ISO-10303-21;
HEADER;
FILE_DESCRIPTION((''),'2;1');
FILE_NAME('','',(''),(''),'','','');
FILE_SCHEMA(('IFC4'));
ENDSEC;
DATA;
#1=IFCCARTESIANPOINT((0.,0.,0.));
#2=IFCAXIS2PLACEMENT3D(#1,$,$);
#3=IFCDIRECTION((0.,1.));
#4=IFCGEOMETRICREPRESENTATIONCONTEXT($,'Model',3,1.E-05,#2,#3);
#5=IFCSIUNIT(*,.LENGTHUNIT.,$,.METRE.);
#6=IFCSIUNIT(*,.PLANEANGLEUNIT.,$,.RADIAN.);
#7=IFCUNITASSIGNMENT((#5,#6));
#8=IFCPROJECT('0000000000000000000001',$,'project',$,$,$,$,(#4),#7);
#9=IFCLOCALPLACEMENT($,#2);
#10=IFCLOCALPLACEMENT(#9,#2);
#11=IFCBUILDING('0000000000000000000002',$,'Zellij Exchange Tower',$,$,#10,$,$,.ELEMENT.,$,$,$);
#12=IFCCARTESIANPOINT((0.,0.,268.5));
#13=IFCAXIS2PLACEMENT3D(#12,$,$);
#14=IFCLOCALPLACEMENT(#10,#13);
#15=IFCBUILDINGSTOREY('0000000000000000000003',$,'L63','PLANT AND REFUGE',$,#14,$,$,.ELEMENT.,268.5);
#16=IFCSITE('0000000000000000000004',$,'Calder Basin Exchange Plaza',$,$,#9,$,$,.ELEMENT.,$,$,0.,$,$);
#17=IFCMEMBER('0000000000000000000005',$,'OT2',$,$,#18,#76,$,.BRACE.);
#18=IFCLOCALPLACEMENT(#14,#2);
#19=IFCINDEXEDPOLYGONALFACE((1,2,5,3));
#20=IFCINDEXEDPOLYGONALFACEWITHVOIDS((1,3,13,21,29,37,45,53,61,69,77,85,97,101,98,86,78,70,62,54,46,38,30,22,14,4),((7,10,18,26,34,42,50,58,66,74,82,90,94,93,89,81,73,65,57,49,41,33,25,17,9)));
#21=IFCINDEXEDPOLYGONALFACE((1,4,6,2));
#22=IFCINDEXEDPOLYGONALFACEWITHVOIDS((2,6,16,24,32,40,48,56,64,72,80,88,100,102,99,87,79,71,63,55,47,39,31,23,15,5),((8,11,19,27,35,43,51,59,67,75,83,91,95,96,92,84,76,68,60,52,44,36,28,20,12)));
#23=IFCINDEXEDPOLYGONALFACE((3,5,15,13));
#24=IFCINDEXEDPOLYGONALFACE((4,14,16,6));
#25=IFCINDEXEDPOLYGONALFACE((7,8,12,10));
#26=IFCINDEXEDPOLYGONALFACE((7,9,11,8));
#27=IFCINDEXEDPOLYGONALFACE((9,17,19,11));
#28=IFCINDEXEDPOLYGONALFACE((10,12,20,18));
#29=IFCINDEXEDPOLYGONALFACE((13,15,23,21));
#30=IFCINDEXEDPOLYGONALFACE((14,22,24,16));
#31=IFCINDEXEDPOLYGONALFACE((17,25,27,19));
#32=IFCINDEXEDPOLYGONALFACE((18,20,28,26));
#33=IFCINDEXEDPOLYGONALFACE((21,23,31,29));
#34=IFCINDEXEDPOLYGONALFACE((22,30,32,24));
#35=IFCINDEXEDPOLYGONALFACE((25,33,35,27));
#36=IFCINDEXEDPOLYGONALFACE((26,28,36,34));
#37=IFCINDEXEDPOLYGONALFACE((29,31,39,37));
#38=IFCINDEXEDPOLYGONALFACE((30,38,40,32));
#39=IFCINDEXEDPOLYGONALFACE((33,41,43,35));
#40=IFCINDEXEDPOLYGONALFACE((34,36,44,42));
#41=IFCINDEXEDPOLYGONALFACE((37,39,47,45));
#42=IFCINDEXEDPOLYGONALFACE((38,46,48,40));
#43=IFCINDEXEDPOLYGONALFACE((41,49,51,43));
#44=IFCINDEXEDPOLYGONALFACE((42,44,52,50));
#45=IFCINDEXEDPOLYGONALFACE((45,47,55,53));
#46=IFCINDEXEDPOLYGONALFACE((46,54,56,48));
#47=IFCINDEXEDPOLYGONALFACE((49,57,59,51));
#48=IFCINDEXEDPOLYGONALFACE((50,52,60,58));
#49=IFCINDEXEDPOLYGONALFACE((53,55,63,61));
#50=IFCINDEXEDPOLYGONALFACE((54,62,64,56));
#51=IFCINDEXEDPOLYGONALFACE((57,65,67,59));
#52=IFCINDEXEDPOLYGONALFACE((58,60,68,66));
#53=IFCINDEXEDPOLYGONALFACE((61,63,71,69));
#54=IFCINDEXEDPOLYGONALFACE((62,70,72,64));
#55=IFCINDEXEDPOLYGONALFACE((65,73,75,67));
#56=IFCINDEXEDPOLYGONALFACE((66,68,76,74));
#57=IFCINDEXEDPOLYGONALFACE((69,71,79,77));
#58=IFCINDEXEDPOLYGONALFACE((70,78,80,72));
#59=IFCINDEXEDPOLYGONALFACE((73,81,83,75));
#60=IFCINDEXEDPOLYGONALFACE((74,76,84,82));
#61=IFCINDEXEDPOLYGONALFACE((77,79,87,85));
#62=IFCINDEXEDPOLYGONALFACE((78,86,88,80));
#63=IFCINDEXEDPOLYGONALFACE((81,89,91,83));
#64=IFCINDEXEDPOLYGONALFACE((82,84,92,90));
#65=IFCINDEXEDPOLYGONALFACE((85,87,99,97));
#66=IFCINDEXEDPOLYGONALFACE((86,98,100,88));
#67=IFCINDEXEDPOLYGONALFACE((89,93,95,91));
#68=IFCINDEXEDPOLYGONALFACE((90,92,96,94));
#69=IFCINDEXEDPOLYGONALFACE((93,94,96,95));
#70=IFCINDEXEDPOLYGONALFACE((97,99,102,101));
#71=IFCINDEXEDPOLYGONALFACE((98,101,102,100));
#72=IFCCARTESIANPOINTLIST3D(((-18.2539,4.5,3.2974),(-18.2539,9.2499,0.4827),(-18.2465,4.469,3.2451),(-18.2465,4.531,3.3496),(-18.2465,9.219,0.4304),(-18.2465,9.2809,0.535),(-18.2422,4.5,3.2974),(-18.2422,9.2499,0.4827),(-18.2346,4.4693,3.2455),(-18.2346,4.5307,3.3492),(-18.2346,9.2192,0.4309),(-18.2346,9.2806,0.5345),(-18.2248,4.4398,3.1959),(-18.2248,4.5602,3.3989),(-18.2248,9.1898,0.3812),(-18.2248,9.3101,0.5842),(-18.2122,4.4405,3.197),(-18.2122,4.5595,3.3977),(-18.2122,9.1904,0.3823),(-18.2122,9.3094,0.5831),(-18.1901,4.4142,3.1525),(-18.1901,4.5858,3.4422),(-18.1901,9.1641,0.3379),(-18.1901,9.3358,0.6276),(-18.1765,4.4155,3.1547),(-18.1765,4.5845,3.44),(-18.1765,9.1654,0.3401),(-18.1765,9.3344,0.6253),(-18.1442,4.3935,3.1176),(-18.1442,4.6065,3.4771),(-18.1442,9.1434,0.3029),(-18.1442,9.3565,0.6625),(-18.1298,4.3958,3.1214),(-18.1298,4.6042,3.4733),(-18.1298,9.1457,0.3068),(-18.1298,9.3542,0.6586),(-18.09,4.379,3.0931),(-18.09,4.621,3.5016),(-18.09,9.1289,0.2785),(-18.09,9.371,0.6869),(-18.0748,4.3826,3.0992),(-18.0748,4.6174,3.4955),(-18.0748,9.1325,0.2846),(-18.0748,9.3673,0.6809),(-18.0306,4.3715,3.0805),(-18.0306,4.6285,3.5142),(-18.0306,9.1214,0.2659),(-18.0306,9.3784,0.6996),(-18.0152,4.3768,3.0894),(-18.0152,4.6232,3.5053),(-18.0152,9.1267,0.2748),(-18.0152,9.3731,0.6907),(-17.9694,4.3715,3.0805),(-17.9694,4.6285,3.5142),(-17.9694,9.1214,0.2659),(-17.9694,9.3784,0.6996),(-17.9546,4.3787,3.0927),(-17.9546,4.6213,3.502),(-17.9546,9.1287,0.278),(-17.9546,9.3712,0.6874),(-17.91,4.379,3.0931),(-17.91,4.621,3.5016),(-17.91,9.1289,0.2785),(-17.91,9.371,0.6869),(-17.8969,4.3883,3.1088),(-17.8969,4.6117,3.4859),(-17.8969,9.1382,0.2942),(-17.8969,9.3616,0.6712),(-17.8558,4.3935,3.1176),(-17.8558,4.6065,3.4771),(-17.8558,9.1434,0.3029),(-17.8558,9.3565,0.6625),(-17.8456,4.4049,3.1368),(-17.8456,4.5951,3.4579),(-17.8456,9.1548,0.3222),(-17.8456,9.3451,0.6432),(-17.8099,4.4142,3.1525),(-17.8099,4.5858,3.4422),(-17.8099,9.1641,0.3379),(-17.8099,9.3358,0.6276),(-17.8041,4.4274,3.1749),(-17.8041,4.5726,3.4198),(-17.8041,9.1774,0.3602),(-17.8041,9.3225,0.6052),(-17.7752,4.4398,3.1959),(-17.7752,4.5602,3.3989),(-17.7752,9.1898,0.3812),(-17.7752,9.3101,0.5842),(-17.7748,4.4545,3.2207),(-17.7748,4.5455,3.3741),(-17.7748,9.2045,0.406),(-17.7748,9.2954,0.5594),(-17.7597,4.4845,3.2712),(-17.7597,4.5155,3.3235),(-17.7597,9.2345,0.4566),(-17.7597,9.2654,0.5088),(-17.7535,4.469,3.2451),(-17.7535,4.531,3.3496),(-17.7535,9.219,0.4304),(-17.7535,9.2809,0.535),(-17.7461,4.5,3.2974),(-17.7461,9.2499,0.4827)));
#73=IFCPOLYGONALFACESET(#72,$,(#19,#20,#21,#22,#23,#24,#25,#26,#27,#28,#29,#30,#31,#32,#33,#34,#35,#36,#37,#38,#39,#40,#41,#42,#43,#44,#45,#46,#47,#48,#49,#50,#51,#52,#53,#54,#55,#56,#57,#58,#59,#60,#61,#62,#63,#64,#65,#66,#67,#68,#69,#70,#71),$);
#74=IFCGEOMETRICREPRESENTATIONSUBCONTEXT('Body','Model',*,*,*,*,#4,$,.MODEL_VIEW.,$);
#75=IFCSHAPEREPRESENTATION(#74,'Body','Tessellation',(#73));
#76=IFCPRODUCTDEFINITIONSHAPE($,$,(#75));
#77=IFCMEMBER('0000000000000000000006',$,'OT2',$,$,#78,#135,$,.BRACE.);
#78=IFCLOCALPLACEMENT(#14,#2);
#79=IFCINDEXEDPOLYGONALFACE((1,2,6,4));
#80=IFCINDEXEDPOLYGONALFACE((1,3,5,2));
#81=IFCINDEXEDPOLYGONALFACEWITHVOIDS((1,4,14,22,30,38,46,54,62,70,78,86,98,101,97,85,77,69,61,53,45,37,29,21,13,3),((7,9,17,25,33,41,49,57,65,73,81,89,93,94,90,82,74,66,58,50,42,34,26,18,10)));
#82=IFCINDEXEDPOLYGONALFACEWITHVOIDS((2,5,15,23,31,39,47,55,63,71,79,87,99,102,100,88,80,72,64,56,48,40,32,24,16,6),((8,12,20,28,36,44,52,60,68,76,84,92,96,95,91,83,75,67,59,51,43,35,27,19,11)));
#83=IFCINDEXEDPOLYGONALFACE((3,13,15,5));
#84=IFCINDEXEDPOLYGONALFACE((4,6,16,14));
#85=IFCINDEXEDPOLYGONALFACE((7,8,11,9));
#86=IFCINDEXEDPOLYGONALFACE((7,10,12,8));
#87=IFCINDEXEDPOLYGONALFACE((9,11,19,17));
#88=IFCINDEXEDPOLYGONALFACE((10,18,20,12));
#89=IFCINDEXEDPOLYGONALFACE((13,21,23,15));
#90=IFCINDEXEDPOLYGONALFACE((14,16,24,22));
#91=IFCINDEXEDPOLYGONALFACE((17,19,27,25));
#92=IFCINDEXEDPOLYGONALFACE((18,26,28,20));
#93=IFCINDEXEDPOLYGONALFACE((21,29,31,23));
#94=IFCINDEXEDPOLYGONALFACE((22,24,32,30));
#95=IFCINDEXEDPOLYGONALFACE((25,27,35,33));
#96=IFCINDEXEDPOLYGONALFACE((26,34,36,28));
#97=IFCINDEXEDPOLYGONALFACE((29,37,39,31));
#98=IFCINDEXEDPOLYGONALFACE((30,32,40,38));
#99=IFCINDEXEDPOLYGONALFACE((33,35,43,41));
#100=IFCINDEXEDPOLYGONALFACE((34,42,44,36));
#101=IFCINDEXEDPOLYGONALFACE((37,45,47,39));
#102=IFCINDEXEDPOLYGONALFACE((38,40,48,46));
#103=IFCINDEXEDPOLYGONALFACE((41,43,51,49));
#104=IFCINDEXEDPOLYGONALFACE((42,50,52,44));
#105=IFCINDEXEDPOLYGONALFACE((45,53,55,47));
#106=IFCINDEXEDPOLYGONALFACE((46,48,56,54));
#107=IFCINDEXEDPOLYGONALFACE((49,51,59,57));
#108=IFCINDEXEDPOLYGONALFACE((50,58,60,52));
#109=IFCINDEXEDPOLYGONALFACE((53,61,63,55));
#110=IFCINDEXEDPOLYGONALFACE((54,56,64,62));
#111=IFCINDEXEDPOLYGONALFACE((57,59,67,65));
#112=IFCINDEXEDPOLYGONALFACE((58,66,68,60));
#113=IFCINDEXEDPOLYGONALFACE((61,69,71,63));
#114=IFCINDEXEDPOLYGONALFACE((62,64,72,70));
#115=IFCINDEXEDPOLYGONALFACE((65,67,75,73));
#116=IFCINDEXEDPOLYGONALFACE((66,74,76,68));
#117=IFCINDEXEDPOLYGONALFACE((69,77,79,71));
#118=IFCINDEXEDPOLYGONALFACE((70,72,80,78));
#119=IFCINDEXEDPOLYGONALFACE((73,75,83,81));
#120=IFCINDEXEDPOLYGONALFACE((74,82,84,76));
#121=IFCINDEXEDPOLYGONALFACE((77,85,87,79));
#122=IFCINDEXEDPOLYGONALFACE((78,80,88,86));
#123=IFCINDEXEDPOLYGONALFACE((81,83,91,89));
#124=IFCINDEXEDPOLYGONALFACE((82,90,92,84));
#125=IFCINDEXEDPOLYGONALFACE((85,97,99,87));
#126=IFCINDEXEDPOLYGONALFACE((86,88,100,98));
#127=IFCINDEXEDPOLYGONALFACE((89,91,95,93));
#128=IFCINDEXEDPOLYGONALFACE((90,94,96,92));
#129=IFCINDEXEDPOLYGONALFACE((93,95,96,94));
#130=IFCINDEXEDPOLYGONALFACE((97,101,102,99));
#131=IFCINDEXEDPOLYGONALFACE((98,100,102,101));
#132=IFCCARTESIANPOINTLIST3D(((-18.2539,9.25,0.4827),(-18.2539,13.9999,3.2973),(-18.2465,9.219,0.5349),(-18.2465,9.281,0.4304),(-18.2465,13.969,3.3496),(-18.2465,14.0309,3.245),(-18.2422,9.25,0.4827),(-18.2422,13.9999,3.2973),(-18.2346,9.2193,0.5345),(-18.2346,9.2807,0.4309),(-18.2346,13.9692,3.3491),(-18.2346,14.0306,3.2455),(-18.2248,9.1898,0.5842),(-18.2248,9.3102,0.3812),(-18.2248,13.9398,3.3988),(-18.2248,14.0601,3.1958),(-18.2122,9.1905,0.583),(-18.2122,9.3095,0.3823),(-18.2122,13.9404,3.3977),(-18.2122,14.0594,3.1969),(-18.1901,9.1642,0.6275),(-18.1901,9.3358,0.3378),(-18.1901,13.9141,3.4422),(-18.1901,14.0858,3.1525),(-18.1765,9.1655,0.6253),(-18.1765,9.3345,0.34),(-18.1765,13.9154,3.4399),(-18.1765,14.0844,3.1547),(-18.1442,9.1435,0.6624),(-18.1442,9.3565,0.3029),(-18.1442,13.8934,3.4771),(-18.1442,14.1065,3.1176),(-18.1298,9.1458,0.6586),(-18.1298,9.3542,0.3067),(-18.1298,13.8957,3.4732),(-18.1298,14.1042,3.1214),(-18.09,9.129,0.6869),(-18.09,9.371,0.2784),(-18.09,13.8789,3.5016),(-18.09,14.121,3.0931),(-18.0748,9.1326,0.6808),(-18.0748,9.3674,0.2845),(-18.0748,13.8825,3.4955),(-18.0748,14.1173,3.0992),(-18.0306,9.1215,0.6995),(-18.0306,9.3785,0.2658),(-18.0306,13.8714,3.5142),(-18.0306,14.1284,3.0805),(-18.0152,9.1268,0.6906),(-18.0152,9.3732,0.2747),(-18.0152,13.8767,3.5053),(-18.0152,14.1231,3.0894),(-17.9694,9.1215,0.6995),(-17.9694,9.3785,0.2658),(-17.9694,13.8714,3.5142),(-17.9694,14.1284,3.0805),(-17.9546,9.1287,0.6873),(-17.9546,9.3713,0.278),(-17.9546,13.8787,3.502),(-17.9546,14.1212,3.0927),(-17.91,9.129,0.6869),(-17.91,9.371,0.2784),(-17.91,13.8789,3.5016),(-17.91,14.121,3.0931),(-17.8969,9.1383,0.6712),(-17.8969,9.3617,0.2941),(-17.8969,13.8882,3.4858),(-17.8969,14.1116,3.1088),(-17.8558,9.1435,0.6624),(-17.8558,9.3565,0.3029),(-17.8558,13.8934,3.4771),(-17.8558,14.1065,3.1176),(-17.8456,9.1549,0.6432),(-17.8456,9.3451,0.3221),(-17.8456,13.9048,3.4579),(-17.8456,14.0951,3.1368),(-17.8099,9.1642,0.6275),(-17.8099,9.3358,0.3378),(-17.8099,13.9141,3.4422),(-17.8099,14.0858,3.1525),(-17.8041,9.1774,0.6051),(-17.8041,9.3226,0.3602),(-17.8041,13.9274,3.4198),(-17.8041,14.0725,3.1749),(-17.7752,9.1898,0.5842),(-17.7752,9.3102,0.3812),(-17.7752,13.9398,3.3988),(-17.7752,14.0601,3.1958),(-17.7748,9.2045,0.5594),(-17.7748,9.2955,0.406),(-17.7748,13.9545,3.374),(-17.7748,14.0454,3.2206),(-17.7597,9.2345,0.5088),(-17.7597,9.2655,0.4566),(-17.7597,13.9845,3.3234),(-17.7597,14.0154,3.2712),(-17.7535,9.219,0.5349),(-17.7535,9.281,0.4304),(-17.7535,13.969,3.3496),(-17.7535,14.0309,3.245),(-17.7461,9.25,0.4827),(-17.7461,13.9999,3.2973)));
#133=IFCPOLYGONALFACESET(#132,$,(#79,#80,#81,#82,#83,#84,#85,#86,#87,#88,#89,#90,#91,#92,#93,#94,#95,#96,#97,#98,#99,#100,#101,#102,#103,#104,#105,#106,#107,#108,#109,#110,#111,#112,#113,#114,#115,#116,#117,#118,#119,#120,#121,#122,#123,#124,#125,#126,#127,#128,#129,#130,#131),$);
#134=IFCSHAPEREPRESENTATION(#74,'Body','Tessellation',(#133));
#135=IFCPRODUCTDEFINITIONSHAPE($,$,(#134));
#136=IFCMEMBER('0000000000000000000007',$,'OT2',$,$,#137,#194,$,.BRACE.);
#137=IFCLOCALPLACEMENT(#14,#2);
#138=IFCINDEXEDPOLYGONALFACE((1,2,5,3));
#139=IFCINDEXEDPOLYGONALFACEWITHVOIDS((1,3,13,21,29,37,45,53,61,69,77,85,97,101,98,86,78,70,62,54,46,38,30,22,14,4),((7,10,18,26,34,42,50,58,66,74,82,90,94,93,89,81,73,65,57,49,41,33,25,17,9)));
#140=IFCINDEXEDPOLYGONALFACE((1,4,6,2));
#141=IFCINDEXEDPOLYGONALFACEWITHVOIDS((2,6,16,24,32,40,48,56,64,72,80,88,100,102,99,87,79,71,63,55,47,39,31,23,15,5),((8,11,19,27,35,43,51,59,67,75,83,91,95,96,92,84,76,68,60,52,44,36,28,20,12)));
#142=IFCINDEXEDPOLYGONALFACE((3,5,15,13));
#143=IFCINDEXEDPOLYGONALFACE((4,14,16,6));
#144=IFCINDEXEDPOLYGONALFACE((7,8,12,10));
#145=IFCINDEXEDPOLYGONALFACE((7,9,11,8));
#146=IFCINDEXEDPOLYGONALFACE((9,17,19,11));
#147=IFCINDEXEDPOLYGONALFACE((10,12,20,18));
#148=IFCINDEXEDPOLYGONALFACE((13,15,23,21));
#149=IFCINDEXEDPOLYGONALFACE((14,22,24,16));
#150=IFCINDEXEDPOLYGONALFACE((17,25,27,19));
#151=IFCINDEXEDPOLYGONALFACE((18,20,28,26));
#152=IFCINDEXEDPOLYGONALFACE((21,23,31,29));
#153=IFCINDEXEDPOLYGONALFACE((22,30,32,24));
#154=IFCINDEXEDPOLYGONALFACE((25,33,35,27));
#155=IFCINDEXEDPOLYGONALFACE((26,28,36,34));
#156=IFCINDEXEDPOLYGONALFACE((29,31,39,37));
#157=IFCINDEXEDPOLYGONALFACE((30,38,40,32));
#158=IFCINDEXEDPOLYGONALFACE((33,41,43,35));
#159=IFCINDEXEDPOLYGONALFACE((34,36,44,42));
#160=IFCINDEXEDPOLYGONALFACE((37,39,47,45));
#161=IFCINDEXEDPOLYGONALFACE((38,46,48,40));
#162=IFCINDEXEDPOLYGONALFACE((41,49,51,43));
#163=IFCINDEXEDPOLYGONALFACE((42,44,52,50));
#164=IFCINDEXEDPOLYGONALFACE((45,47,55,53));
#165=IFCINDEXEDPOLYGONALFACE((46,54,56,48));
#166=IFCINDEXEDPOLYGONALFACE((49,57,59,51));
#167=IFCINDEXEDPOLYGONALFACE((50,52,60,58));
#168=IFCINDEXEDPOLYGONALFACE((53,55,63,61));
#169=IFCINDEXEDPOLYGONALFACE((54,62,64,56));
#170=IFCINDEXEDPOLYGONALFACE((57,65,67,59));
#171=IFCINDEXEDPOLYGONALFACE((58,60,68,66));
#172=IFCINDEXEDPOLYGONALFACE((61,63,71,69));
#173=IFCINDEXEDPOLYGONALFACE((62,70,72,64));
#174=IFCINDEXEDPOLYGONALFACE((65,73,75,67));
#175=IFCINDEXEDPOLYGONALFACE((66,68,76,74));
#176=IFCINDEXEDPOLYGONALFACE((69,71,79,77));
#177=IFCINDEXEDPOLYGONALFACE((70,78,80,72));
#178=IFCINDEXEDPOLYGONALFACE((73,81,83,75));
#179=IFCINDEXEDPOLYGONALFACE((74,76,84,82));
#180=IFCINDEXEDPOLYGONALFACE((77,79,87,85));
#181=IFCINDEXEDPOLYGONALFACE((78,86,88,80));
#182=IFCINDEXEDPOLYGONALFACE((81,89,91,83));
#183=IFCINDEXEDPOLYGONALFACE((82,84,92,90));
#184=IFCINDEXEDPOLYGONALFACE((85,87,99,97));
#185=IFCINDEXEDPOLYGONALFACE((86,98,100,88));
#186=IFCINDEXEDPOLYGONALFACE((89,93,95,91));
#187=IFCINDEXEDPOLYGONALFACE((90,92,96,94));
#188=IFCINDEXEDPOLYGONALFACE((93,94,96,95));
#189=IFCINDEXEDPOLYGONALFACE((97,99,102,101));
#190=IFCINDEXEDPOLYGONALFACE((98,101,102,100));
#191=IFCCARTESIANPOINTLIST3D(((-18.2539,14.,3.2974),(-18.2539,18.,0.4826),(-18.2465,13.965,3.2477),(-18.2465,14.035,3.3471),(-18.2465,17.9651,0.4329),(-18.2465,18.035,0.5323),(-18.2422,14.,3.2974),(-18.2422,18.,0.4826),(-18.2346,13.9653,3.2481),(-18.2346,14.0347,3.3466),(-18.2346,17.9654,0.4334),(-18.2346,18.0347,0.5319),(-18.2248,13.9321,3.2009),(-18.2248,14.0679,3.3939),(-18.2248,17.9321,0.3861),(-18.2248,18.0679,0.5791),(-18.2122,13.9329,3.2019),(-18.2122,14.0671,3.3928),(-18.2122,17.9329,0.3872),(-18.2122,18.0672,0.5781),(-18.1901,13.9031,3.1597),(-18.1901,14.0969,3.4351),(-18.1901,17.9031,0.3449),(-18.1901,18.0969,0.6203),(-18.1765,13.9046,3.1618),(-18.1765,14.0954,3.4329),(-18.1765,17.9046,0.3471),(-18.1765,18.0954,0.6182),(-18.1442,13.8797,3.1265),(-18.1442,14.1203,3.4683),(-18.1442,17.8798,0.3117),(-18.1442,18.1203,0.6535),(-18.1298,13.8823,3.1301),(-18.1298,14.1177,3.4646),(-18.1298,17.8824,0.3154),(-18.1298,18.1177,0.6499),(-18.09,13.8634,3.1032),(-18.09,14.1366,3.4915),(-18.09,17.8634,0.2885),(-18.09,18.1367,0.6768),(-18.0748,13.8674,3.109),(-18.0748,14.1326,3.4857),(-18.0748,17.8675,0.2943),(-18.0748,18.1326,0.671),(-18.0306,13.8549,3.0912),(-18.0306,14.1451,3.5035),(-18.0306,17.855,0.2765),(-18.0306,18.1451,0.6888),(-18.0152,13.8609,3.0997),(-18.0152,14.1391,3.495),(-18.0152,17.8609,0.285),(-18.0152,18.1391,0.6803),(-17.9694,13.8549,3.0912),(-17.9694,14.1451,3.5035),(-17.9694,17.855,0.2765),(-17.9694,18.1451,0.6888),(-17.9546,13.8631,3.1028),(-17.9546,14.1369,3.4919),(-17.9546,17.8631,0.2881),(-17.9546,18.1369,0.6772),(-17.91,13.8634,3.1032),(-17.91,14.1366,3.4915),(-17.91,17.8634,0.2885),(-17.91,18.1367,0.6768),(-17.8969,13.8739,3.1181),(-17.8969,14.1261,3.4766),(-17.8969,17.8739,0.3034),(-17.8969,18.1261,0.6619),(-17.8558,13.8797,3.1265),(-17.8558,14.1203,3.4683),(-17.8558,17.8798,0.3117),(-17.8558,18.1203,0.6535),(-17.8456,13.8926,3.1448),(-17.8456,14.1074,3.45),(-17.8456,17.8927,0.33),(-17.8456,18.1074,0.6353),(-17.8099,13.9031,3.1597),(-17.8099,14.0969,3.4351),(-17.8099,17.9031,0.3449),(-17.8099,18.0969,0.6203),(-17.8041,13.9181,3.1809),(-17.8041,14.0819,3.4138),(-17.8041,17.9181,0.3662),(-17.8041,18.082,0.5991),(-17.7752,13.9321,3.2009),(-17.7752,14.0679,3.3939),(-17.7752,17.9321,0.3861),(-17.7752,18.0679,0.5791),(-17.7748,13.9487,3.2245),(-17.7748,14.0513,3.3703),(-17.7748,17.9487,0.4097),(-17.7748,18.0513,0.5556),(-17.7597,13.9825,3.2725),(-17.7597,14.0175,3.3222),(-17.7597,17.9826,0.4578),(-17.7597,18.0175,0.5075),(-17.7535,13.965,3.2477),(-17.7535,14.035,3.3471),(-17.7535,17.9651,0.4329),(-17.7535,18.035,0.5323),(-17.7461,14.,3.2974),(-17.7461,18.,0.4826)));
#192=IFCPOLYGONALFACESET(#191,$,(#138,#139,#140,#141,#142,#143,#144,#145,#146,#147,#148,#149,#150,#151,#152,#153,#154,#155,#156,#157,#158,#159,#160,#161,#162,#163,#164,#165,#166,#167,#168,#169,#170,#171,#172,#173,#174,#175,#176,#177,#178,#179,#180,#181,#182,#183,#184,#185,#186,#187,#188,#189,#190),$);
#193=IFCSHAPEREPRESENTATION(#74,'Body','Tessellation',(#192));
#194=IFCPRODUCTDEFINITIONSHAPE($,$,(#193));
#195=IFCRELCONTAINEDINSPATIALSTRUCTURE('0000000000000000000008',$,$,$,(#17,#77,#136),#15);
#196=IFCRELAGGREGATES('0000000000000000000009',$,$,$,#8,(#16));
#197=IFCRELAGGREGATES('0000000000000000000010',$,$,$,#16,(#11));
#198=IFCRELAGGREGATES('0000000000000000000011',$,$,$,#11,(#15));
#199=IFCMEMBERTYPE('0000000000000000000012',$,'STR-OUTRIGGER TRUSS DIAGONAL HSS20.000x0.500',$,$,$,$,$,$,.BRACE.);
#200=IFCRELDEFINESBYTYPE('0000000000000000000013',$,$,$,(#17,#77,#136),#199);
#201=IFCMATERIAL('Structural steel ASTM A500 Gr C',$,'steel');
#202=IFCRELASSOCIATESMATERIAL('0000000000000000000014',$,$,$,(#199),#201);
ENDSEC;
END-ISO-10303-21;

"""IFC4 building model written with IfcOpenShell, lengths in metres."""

from ifc_helpers import new_model, si_unit, direction, frame, origin, origin_2d, place, context, subcontext, project, spatial, hollow_circle, extrude, material, material_profile, profile_set, type_object, element, save


model = new_model("IFC4")

# Units and contexts
model_context = context("Model", 3, precision=1e-05, world=origin(), true_north=direction((0.0, 1.0)))
body_context = subcontext(model_context, "Body", "Model", "MODEL_VIEW")
ifc_project = project(units=[si_unit("LENGTHUNIT", "METRE"), si_unit("PLANEANGLEUNIT", "RADIAN")], contexts=[model_context])

# Site, building, storey
site_placement = place(None, origin())
site = spatial("IfcSite", under=ifc_project, at=site_placement, Name="Calder Basin Exchange Plaza", CompositionType="ELEMENT", RefElevation=0.0)
building_placement = place(site_placement, origin())
building = spatial("IfcBuilding", under=site, at=building_placement, Name="Zellij Exchange Tower", CompositionType="ELEMENT")
storey_placement = place(building_placement, frame((0.0, 0.0, 268.5)))
storey = spatial("IfcBuildingStorey", under=building, at=storey_placement, Name="L63", Description="PLANT AND REFUGE", CompositionType="ELEMENT", Elevation=268.5)

# Members
ifc_material_1 = material(Name="Structural steel ASTM A500 Gr C", Category="steel")
ifc_material_profile_1 = material_profile(ifc_material_1, hollow_circle(Radius=0.2539, WallThickness=0.0117, at=origin_2d()), Name="STR-OUTRIGGER TRUSS DIAGONAL HSS20.000x0.500")
ifc_profile_set_1 = profile_set([ifc_material_profile_1], Name="Structural steel ASTM A500 Gr C")
member_type_1 = type_object("IfcMemberType", Name="STR-OUTRIGGER TRUSS DIAGONAL HSS20.000x0.500", PredefinedType="BRACE", material=ifc_profile_set_1)
for number, where, z_axis, x_axis, name in (
    (1, (-18.0, 4.5, 3.2974), (0.0, 0.860301, -0.509787), (-1.0, 0.0, 0.0), "OT2"),
    (2, (-18.0, 9.25, 0.4827), (0.0, 0.860301, 0.509787), (-1.0, 0.0, 0.0), "OT2"),
):
    element("IfcMember", number, at=place(storey_placement, frame(where, z_axis=z_axis, x_axis=x_axis)), inside=storey, type_object=member_type_1, Name=name, PredefinedType="BRACE", context=body_context, shape_type="SweptSolid", body=[
        extrude(hollow_circle(Radius=0.2539, WallThickness=0.0117, at=origin_2d()), origin(), (0.0, 0.0, 1.0), 5.5212),
    ])
member_1_placement = place(storey_placement, frame((-18.0, 14.0, 3.2974), z_axis=(0.0, 0.817818, -0.575477), x_axis=(-1.0, 0.0, 0.0)))
element("IfcMember", 3, at=member_1_placement, inside=storey, type_object=member_type_1, Name="OT2", PredefinedType="BRACE", context=body_context, shape_type="SweptSolid", body=[
    extrude(hollow_circle(Radius=0.2539, WallThickness=0.0117, at=origin_2d()), origin(), (0.0, 0.0, 1.0), 4.8911),
])

save(model, "model.ifc")
